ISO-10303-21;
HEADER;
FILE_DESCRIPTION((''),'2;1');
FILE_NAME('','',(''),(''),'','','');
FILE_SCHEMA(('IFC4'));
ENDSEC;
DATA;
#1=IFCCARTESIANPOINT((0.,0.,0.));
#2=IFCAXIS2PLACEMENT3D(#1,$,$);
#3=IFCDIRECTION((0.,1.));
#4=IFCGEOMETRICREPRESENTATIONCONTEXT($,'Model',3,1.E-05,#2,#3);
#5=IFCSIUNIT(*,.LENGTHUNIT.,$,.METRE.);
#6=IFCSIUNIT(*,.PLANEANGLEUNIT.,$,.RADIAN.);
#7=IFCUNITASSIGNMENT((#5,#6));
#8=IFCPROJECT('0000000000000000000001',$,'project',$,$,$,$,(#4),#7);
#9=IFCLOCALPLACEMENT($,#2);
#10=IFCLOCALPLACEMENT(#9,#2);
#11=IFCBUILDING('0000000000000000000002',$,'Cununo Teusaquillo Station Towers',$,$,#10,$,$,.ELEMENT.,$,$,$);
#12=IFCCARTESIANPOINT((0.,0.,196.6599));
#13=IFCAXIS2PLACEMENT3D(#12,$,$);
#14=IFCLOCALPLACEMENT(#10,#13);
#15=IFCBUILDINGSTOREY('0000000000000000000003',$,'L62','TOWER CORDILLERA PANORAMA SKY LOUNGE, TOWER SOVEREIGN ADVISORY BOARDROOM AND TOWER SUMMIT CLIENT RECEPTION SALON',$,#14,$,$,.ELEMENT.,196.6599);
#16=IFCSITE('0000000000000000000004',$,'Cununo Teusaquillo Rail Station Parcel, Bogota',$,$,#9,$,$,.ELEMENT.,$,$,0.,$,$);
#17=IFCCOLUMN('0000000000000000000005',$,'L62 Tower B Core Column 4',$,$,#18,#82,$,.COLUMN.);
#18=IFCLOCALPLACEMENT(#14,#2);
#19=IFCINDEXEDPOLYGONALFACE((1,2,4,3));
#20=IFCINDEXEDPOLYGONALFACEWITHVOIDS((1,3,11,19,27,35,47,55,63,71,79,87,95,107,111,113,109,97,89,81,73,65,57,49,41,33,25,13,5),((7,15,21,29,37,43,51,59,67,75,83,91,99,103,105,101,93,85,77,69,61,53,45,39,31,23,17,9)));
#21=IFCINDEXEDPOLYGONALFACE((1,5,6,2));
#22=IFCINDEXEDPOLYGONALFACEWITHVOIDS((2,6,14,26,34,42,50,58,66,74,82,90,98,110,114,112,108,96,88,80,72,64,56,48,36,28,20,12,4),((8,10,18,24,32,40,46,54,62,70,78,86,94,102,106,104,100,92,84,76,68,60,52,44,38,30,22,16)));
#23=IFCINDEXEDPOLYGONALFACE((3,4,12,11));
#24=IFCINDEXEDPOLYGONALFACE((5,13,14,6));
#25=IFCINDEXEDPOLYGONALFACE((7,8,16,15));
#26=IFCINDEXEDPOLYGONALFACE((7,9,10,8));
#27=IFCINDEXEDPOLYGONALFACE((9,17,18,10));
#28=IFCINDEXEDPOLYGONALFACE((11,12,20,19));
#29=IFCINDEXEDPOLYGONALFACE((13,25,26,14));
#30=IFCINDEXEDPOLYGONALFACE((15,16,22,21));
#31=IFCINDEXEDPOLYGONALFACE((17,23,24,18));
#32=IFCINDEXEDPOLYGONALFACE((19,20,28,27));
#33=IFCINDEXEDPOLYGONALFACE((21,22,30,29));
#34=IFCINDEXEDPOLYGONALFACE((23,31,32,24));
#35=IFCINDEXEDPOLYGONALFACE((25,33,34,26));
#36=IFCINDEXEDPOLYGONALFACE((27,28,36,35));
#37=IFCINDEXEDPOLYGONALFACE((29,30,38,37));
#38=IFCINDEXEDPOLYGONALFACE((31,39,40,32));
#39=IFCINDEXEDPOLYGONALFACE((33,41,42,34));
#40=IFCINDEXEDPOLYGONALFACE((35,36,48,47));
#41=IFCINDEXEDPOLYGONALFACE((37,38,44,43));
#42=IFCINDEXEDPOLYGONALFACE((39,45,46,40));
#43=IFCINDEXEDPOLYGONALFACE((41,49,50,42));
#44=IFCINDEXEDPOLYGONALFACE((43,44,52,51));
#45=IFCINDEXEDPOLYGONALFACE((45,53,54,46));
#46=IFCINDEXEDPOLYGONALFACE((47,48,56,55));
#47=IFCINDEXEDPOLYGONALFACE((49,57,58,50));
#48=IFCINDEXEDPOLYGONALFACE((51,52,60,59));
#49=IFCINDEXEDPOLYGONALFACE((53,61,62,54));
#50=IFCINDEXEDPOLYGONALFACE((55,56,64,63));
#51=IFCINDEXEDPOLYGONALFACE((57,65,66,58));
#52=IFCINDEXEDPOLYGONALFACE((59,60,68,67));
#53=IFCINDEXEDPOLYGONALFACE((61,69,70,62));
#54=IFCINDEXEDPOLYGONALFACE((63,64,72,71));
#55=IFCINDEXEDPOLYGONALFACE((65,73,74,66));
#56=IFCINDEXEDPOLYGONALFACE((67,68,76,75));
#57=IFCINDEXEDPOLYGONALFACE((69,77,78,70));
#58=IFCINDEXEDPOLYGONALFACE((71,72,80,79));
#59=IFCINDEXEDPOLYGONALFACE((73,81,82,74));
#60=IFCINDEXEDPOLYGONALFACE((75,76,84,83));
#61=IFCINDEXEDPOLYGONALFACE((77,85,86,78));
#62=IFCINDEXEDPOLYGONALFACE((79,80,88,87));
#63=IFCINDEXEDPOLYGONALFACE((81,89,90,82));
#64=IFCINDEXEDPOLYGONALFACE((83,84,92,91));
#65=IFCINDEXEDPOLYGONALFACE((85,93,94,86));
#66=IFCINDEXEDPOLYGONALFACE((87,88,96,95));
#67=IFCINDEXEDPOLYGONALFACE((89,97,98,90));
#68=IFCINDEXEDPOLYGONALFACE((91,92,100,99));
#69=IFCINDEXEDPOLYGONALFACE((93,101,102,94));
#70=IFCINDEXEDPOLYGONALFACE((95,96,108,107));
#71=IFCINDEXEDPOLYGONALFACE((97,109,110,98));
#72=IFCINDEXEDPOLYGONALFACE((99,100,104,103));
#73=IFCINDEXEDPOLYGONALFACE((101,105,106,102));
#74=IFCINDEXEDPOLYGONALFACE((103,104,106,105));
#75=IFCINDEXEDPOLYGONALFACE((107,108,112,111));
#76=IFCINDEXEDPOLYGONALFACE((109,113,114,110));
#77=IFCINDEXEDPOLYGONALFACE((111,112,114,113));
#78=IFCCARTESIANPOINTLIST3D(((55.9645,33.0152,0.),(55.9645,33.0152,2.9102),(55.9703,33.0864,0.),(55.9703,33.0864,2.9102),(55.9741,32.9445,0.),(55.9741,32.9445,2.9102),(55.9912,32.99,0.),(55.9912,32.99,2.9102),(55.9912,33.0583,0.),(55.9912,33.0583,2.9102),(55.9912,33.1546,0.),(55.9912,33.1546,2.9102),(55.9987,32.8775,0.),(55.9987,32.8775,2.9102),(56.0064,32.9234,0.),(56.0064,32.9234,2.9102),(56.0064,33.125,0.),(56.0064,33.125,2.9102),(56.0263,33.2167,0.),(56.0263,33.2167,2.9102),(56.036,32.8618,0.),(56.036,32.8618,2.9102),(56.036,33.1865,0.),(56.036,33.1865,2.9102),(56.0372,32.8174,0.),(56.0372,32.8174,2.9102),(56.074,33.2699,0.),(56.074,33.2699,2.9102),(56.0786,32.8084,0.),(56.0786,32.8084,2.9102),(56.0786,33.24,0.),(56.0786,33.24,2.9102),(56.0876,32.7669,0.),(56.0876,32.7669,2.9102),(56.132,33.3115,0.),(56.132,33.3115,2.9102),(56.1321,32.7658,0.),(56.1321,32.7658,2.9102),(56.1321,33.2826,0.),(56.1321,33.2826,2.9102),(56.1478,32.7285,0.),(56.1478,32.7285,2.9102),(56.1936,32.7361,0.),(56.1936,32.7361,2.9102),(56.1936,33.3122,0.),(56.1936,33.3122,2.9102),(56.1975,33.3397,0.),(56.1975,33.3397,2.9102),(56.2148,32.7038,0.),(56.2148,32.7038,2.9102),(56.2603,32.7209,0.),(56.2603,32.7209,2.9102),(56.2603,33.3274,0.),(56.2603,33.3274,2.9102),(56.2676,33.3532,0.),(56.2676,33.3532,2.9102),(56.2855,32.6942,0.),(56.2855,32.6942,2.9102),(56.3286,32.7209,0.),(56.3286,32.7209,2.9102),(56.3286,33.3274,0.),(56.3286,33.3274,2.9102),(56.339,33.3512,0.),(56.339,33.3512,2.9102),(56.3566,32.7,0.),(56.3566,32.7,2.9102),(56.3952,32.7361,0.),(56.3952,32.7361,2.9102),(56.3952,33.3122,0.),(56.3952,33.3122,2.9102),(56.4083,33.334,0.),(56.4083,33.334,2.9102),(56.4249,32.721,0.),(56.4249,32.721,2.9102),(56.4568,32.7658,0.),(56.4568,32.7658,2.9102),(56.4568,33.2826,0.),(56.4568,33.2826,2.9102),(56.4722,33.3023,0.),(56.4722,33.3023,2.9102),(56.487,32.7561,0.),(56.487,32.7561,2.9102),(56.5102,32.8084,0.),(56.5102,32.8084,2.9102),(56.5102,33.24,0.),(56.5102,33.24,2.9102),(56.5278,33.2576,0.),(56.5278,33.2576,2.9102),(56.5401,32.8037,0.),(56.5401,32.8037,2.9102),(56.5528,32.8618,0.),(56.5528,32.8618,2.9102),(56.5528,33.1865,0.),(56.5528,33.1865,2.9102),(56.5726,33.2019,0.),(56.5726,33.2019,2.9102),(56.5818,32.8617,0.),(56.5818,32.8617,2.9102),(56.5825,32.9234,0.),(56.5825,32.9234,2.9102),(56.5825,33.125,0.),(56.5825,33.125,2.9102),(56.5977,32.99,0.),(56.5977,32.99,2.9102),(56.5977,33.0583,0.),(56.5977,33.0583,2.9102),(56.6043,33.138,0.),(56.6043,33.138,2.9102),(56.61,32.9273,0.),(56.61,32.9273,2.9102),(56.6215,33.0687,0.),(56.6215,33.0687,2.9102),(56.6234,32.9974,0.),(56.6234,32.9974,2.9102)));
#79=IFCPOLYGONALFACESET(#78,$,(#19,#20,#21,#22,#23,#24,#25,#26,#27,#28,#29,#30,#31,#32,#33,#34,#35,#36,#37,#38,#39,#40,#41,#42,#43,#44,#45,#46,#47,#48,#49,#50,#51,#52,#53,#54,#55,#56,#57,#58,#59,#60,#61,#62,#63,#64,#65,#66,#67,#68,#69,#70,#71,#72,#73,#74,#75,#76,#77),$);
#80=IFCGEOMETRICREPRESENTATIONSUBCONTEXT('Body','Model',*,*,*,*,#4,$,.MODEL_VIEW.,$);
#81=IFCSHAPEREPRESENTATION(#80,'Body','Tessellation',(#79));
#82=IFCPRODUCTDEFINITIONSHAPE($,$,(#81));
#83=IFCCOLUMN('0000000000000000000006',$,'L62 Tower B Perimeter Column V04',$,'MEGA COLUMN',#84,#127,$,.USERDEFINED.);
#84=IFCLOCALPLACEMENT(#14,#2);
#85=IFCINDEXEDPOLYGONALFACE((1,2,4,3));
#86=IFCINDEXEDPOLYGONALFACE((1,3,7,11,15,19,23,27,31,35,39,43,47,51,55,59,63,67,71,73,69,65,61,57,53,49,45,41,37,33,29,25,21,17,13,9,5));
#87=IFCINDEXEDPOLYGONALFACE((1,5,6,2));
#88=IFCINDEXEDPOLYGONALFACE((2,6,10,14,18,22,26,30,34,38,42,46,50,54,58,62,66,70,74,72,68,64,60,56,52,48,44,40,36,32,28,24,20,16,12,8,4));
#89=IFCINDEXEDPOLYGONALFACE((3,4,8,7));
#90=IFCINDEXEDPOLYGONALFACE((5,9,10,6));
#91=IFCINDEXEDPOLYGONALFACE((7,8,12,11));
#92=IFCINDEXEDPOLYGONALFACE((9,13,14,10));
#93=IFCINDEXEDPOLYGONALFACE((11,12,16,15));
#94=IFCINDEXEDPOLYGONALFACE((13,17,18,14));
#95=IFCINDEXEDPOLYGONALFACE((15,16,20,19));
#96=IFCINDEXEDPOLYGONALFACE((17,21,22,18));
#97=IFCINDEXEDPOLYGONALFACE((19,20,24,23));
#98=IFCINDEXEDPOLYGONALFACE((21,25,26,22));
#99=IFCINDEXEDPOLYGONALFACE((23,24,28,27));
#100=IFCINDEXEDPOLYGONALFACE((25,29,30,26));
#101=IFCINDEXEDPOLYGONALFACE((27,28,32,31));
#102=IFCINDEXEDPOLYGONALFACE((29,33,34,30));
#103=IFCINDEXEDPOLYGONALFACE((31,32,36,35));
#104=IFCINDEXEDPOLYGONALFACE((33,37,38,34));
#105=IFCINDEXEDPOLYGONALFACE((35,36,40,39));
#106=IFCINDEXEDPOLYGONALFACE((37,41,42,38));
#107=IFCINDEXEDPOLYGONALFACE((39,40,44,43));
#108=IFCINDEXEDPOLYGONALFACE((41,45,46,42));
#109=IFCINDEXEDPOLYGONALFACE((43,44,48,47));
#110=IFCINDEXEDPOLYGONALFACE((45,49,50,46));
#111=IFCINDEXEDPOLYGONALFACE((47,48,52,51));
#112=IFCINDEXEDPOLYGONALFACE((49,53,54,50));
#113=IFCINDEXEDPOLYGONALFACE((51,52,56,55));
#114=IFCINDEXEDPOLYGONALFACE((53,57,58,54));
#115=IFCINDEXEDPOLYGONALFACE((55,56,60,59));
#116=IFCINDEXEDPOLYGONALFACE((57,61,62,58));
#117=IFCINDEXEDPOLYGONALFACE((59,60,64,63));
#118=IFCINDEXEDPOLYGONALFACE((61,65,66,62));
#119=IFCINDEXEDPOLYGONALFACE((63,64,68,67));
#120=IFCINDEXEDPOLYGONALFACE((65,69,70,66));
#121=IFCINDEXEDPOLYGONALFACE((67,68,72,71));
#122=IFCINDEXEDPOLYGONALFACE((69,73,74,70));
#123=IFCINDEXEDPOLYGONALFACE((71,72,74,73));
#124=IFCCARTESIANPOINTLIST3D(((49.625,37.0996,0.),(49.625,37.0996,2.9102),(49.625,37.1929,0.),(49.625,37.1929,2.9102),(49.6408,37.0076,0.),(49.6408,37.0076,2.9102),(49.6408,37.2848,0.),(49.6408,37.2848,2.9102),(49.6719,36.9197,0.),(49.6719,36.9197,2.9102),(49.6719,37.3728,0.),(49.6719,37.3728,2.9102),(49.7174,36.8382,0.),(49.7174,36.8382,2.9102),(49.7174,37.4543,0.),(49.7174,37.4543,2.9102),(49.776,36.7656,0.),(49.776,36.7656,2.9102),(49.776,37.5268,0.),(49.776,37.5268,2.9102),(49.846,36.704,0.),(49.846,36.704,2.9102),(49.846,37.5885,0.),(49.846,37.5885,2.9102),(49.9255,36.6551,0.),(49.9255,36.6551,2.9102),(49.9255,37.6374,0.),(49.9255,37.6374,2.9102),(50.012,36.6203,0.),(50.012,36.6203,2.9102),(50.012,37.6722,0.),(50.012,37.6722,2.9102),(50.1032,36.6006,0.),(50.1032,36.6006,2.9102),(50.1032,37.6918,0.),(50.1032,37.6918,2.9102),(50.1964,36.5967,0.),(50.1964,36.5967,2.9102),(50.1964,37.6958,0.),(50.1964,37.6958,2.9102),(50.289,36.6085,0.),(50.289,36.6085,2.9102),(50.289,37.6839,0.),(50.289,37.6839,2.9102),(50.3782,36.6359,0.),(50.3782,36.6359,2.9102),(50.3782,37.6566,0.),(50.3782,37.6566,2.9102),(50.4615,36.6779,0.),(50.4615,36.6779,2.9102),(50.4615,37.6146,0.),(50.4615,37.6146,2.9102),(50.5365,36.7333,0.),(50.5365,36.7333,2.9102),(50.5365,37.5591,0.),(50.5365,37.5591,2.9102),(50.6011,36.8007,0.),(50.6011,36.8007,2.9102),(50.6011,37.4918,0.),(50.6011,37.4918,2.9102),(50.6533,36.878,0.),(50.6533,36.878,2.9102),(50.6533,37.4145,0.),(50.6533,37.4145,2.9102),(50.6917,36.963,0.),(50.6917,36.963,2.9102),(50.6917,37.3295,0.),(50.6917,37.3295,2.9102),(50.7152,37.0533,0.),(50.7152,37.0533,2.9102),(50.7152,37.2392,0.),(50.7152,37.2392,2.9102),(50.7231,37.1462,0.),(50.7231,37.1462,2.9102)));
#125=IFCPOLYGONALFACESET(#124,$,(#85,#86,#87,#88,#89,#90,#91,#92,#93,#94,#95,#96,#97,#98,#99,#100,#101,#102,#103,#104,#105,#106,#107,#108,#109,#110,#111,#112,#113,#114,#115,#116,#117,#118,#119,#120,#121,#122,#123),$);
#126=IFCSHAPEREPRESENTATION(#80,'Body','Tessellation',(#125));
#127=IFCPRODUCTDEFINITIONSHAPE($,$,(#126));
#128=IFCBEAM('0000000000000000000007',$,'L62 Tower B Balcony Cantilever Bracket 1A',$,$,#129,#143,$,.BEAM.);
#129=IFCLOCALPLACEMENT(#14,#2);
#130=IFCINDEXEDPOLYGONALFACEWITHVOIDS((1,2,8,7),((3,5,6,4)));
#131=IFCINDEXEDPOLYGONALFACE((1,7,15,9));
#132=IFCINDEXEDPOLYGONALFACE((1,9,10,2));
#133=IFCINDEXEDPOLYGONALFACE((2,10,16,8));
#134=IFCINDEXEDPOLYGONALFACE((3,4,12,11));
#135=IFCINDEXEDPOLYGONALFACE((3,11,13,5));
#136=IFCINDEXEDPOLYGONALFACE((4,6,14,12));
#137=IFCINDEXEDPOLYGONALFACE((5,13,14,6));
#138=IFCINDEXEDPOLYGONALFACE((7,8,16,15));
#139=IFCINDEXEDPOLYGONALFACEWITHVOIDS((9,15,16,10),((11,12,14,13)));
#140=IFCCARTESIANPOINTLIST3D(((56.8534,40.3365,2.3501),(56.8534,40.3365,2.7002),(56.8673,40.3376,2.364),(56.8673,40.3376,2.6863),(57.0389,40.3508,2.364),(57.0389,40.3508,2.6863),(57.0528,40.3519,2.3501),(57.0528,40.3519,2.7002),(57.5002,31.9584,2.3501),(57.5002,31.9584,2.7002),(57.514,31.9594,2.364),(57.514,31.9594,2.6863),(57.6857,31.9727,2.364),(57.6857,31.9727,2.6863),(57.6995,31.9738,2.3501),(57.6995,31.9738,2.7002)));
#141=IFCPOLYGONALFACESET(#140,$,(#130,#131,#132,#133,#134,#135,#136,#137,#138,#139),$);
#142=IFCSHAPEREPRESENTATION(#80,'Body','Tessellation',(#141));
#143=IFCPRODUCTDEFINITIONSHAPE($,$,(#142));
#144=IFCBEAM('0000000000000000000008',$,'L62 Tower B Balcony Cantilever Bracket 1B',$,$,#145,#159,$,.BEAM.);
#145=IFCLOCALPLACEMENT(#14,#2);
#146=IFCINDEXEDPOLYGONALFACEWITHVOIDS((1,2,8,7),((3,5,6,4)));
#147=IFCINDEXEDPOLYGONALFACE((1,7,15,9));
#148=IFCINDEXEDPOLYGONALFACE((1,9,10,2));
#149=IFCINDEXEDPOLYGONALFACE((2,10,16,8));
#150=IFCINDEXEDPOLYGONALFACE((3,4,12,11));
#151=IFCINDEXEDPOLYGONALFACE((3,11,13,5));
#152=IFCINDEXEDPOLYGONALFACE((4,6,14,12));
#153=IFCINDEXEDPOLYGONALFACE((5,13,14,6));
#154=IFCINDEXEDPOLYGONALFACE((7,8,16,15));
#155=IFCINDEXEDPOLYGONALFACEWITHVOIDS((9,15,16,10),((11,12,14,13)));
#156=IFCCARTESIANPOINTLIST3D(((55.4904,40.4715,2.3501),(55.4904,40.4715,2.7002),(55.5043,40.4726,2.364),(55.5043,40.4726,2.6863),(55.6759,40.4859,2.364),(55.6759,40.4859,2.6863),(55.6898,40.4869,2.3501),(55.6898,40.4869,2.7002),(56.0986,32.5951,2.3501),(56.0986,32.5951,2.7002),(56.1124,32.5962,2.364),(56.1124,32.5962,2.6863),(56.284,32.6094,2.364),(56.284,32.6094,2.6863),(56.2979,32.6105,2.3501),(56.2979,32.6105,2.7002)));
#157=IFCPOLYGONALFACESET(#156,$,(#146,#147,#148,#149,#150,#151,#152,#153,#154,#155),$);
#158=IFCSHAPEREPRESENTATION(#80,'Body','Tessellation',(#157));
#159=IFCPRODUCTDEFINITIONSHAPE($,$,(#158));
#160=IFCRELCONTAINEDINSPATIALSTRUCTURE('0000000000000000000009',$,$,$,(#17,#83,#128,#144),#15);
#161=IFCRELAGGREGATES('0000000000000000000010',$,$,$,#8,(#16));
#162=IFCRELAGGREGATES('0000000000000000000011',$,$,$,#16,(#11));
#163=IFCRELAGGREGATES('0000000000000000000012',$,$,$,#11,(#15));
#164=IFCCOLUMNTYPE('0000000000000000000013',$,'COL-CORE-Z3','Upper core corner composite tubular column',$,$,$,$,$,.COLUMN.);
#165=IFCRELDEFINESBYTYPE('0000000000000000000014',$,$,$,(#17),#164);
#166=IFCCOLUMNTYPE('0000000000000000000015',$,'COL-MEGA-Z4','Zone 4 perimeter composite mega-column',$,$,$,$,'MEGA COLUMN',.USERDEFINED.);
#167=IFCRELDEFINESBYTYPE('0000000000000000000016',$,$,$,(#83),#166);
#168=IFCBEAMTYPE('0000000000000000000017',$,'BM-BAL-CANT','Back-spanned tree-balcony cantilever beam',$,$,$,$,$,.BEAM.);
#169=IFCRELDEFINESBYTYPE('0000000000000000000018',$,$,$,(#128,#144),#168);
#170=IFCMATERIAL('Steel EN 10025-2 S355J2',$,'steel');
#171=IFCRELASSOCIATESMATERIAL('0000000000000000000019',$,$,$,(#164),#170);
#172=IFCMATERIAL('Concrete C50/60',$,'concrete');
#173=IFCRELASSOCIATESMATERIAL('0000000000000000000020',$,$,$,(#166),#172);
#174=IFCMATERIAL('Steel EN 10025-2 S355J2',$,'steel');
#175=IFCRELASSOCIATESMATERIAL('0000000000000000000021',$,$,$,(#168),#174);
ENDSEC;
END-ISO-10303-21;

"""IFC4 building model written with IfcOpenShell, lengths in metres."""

from ifc_helpers import new_model, si_unit, direction, frame, origin, origin_2d, place, context, subcontext, project, spatial, hollow_rectangle, circle, hollow_circle, extrude, material, material_profile, profile_set, type_object, element, save


model = new_model("IFC4")

# Units and contexts
model_context = context("Model", 3, precision=1e-05, world=origin(), true_north=direction((0.0, 1.0)))
body_context = subcontext(model_context, "Body", "Model", "MODEL_VIEW")
ifc_project = project(units=[si_unit("LENGTHUNIT", "METRE"), si_unit("PLANEANGLEUNIT", "RADIAN")], contexts=[model_context])

# Site, building, storey
site_placement = place(None, origin())
site = spatial("IfcSite", under=ifc_project, at=site_placement, Name="Cununo Teusaquillo Rail Station Parcel, Bogota", CompositionType="ELEMENT", RefElevation=0.0)
building_placement = place(site_placement, origin())
building = spatial("IfcBuilding", under=site, at=building_placement, Name="Cununo Teusaquillo Station Towers", CompositionType="ELEMENT")
storey_placement = place(building_placement, frame((0.0, 0.0, 196.6599)))
storey = spatial("IfcBuildingStorey", under=building, at=storey_placement, Name="L62", Description="TOWER CORDILLERA PANORAMA SKY LOUNGE, TOWER SOVEREIGN ADVISORY BOARDROOM AND TOWER SUMMIT CLIENT RECEPTION SALON", CompositionType="ELEMENT", Elevation=196.6599)

# Columns
ifc_material_1 = material(Name="Steel EN 10025-2 S355J2", Category="steel")
ifc_material_profile_1 = material_profile(ifc_material_1, hollow_circle(Radius=0.3301, WallThickness=0.0249, at=origin_2d()), Name="CHS 660x25")
ifc_profile_set_1 = profile_set([ifc_material_profile_1], Name="Steel EN 10025-2 S355J2")
column_type_1 = type_object("IfcColumnType", Name="COL-CORE-Z3", Description="Upper core corner composite tubular column", PredefinedType="COLUMN", material=ifc_profile_set_1)
column_1_placement = place(storey_placement, frame((56.2944, 33.0242, 0.0), z_axis=(0.0, 0.0, 1.0), x_axis=(0.707107, 0.707107, 0.0)))
element("IfcColumn", 1, at=column_1_placement, inside=storey, type_object=column_type_1, Name="L62 Tower B Core Column 4", PredefinedType="COLUMN", context=body_context, shape_type="SweptSolid", body=[
    extrude(hollow_circle(Radius=0.3301, WallThickness=0.0249, at=origin_2d()), origin(), (0.0, 0.0, 1.0), 2.9102),
])
ifc_material_2 = material(Name="Concrete C50/60", Category="concrete")
ifc_material_profile_2 = material_profile(ifc_material_2, circle(Radius=0.55, at=origin_2d()), Name="RC-CIRC-1100")
ifc_profile_set_2 = profile_set([ifc_material_profile_2], Name="Concrete C50/60")
column_type_2 = type_object("IfcColumnType", Name="COL-MEGA-Z4", Description="Zone 4 perimeter composite mega-column", ElementType="MEGA COLUMN", PredefinedType="USERDEFINED", material=ifc_profile_set_2)
column_2_placement = place(storey_placement, frame((50.1731, 37.1462, 0.0), z_axis=(0.0, 0.0, 1.0), x_axis=(1.0, 0.0, 0.0)))
element("IfcColumn", 2, at=column_2_placement, inside=storey, type_object=column_type_2, Name="L62 Tower B Perimeter Column V04", ObjectType="MEGA COLUMN", PredefinedType="USERDEFINED", context=body_context, shape_type="SweptSolid", body=[
    extrude(circle(Radius=0.55, at=origin_2d()), origin(), (0.0, 0.0, 1.0), 2.9102),
])

# Beams
ifc_material_3 = material(Name="Steel EN 10025-2 S355J2", Category="steel")
ifc_material_profile_3 = material_profile(ifc_material_3, hollow_rectangle(XDim=0.2, YDim=0.3501, WallThickness=0.0139, at=origin_2d()), Name="RHS 350x200x14")
ifc_profile_set_3 = profile_set([ifc_material_profile_3], Name="Steel EN 10025-2 S355J2")
beam_type_1 = type_object("IfcBeamType", Name="BM-BAL-CANT", Description="Back-spanned tree-balcony cantilever beam", PredefinedType="BEAM", material=ifc_profile_set_3)
beam_1_placement = place(storey_placement, frame((57.5999, 31.9661, 2.5251), z_axis=(-0.076963, 0.997034, 0.0), x_axis=(-0.997034, -0.076963, 0.0)))
element("IfcBeam", 3, at=beam_1_placement, inside=storey, type_object=beam_type_1, Name="L62 Tower B Balcony Cantilever Bracket 1A", PredefinedType="BEAM", context=body_context, shape_type="SweptSolid", body=[
    extrude(hollow_rectangle(XDim=0.2, YDim=0.3501, WallThickness=0.0139, at=origin_2d()), origin(), (0.0, 0.0, 1.0), 8.4031),
])
beam_2_placement = place(storey_placement, frame((56.1982, 32.6028, 2.5251), z_axis=(-0.076982, 0.997032, 0.0), x_axis=(-0.997032, -0.076982, 0.0)))
element("IfcBeam", 4, at=beam_2_placement, inside=storey, type_object=beam_type_1, Name="L62 Tower B Balcony Cantilever Bracket 1B", PredefinedType="BEAM", context=body_context, shape_type="SweptSolid", body=[
    extrude(hollow_rectangle(XDim=0.2, YDim=0.3501, WallThickness=0.0139, at=origin_2d()), origin(), (0.0, 0.0, 1.0), 7.8999),
])

save(model, "model.ifc")
